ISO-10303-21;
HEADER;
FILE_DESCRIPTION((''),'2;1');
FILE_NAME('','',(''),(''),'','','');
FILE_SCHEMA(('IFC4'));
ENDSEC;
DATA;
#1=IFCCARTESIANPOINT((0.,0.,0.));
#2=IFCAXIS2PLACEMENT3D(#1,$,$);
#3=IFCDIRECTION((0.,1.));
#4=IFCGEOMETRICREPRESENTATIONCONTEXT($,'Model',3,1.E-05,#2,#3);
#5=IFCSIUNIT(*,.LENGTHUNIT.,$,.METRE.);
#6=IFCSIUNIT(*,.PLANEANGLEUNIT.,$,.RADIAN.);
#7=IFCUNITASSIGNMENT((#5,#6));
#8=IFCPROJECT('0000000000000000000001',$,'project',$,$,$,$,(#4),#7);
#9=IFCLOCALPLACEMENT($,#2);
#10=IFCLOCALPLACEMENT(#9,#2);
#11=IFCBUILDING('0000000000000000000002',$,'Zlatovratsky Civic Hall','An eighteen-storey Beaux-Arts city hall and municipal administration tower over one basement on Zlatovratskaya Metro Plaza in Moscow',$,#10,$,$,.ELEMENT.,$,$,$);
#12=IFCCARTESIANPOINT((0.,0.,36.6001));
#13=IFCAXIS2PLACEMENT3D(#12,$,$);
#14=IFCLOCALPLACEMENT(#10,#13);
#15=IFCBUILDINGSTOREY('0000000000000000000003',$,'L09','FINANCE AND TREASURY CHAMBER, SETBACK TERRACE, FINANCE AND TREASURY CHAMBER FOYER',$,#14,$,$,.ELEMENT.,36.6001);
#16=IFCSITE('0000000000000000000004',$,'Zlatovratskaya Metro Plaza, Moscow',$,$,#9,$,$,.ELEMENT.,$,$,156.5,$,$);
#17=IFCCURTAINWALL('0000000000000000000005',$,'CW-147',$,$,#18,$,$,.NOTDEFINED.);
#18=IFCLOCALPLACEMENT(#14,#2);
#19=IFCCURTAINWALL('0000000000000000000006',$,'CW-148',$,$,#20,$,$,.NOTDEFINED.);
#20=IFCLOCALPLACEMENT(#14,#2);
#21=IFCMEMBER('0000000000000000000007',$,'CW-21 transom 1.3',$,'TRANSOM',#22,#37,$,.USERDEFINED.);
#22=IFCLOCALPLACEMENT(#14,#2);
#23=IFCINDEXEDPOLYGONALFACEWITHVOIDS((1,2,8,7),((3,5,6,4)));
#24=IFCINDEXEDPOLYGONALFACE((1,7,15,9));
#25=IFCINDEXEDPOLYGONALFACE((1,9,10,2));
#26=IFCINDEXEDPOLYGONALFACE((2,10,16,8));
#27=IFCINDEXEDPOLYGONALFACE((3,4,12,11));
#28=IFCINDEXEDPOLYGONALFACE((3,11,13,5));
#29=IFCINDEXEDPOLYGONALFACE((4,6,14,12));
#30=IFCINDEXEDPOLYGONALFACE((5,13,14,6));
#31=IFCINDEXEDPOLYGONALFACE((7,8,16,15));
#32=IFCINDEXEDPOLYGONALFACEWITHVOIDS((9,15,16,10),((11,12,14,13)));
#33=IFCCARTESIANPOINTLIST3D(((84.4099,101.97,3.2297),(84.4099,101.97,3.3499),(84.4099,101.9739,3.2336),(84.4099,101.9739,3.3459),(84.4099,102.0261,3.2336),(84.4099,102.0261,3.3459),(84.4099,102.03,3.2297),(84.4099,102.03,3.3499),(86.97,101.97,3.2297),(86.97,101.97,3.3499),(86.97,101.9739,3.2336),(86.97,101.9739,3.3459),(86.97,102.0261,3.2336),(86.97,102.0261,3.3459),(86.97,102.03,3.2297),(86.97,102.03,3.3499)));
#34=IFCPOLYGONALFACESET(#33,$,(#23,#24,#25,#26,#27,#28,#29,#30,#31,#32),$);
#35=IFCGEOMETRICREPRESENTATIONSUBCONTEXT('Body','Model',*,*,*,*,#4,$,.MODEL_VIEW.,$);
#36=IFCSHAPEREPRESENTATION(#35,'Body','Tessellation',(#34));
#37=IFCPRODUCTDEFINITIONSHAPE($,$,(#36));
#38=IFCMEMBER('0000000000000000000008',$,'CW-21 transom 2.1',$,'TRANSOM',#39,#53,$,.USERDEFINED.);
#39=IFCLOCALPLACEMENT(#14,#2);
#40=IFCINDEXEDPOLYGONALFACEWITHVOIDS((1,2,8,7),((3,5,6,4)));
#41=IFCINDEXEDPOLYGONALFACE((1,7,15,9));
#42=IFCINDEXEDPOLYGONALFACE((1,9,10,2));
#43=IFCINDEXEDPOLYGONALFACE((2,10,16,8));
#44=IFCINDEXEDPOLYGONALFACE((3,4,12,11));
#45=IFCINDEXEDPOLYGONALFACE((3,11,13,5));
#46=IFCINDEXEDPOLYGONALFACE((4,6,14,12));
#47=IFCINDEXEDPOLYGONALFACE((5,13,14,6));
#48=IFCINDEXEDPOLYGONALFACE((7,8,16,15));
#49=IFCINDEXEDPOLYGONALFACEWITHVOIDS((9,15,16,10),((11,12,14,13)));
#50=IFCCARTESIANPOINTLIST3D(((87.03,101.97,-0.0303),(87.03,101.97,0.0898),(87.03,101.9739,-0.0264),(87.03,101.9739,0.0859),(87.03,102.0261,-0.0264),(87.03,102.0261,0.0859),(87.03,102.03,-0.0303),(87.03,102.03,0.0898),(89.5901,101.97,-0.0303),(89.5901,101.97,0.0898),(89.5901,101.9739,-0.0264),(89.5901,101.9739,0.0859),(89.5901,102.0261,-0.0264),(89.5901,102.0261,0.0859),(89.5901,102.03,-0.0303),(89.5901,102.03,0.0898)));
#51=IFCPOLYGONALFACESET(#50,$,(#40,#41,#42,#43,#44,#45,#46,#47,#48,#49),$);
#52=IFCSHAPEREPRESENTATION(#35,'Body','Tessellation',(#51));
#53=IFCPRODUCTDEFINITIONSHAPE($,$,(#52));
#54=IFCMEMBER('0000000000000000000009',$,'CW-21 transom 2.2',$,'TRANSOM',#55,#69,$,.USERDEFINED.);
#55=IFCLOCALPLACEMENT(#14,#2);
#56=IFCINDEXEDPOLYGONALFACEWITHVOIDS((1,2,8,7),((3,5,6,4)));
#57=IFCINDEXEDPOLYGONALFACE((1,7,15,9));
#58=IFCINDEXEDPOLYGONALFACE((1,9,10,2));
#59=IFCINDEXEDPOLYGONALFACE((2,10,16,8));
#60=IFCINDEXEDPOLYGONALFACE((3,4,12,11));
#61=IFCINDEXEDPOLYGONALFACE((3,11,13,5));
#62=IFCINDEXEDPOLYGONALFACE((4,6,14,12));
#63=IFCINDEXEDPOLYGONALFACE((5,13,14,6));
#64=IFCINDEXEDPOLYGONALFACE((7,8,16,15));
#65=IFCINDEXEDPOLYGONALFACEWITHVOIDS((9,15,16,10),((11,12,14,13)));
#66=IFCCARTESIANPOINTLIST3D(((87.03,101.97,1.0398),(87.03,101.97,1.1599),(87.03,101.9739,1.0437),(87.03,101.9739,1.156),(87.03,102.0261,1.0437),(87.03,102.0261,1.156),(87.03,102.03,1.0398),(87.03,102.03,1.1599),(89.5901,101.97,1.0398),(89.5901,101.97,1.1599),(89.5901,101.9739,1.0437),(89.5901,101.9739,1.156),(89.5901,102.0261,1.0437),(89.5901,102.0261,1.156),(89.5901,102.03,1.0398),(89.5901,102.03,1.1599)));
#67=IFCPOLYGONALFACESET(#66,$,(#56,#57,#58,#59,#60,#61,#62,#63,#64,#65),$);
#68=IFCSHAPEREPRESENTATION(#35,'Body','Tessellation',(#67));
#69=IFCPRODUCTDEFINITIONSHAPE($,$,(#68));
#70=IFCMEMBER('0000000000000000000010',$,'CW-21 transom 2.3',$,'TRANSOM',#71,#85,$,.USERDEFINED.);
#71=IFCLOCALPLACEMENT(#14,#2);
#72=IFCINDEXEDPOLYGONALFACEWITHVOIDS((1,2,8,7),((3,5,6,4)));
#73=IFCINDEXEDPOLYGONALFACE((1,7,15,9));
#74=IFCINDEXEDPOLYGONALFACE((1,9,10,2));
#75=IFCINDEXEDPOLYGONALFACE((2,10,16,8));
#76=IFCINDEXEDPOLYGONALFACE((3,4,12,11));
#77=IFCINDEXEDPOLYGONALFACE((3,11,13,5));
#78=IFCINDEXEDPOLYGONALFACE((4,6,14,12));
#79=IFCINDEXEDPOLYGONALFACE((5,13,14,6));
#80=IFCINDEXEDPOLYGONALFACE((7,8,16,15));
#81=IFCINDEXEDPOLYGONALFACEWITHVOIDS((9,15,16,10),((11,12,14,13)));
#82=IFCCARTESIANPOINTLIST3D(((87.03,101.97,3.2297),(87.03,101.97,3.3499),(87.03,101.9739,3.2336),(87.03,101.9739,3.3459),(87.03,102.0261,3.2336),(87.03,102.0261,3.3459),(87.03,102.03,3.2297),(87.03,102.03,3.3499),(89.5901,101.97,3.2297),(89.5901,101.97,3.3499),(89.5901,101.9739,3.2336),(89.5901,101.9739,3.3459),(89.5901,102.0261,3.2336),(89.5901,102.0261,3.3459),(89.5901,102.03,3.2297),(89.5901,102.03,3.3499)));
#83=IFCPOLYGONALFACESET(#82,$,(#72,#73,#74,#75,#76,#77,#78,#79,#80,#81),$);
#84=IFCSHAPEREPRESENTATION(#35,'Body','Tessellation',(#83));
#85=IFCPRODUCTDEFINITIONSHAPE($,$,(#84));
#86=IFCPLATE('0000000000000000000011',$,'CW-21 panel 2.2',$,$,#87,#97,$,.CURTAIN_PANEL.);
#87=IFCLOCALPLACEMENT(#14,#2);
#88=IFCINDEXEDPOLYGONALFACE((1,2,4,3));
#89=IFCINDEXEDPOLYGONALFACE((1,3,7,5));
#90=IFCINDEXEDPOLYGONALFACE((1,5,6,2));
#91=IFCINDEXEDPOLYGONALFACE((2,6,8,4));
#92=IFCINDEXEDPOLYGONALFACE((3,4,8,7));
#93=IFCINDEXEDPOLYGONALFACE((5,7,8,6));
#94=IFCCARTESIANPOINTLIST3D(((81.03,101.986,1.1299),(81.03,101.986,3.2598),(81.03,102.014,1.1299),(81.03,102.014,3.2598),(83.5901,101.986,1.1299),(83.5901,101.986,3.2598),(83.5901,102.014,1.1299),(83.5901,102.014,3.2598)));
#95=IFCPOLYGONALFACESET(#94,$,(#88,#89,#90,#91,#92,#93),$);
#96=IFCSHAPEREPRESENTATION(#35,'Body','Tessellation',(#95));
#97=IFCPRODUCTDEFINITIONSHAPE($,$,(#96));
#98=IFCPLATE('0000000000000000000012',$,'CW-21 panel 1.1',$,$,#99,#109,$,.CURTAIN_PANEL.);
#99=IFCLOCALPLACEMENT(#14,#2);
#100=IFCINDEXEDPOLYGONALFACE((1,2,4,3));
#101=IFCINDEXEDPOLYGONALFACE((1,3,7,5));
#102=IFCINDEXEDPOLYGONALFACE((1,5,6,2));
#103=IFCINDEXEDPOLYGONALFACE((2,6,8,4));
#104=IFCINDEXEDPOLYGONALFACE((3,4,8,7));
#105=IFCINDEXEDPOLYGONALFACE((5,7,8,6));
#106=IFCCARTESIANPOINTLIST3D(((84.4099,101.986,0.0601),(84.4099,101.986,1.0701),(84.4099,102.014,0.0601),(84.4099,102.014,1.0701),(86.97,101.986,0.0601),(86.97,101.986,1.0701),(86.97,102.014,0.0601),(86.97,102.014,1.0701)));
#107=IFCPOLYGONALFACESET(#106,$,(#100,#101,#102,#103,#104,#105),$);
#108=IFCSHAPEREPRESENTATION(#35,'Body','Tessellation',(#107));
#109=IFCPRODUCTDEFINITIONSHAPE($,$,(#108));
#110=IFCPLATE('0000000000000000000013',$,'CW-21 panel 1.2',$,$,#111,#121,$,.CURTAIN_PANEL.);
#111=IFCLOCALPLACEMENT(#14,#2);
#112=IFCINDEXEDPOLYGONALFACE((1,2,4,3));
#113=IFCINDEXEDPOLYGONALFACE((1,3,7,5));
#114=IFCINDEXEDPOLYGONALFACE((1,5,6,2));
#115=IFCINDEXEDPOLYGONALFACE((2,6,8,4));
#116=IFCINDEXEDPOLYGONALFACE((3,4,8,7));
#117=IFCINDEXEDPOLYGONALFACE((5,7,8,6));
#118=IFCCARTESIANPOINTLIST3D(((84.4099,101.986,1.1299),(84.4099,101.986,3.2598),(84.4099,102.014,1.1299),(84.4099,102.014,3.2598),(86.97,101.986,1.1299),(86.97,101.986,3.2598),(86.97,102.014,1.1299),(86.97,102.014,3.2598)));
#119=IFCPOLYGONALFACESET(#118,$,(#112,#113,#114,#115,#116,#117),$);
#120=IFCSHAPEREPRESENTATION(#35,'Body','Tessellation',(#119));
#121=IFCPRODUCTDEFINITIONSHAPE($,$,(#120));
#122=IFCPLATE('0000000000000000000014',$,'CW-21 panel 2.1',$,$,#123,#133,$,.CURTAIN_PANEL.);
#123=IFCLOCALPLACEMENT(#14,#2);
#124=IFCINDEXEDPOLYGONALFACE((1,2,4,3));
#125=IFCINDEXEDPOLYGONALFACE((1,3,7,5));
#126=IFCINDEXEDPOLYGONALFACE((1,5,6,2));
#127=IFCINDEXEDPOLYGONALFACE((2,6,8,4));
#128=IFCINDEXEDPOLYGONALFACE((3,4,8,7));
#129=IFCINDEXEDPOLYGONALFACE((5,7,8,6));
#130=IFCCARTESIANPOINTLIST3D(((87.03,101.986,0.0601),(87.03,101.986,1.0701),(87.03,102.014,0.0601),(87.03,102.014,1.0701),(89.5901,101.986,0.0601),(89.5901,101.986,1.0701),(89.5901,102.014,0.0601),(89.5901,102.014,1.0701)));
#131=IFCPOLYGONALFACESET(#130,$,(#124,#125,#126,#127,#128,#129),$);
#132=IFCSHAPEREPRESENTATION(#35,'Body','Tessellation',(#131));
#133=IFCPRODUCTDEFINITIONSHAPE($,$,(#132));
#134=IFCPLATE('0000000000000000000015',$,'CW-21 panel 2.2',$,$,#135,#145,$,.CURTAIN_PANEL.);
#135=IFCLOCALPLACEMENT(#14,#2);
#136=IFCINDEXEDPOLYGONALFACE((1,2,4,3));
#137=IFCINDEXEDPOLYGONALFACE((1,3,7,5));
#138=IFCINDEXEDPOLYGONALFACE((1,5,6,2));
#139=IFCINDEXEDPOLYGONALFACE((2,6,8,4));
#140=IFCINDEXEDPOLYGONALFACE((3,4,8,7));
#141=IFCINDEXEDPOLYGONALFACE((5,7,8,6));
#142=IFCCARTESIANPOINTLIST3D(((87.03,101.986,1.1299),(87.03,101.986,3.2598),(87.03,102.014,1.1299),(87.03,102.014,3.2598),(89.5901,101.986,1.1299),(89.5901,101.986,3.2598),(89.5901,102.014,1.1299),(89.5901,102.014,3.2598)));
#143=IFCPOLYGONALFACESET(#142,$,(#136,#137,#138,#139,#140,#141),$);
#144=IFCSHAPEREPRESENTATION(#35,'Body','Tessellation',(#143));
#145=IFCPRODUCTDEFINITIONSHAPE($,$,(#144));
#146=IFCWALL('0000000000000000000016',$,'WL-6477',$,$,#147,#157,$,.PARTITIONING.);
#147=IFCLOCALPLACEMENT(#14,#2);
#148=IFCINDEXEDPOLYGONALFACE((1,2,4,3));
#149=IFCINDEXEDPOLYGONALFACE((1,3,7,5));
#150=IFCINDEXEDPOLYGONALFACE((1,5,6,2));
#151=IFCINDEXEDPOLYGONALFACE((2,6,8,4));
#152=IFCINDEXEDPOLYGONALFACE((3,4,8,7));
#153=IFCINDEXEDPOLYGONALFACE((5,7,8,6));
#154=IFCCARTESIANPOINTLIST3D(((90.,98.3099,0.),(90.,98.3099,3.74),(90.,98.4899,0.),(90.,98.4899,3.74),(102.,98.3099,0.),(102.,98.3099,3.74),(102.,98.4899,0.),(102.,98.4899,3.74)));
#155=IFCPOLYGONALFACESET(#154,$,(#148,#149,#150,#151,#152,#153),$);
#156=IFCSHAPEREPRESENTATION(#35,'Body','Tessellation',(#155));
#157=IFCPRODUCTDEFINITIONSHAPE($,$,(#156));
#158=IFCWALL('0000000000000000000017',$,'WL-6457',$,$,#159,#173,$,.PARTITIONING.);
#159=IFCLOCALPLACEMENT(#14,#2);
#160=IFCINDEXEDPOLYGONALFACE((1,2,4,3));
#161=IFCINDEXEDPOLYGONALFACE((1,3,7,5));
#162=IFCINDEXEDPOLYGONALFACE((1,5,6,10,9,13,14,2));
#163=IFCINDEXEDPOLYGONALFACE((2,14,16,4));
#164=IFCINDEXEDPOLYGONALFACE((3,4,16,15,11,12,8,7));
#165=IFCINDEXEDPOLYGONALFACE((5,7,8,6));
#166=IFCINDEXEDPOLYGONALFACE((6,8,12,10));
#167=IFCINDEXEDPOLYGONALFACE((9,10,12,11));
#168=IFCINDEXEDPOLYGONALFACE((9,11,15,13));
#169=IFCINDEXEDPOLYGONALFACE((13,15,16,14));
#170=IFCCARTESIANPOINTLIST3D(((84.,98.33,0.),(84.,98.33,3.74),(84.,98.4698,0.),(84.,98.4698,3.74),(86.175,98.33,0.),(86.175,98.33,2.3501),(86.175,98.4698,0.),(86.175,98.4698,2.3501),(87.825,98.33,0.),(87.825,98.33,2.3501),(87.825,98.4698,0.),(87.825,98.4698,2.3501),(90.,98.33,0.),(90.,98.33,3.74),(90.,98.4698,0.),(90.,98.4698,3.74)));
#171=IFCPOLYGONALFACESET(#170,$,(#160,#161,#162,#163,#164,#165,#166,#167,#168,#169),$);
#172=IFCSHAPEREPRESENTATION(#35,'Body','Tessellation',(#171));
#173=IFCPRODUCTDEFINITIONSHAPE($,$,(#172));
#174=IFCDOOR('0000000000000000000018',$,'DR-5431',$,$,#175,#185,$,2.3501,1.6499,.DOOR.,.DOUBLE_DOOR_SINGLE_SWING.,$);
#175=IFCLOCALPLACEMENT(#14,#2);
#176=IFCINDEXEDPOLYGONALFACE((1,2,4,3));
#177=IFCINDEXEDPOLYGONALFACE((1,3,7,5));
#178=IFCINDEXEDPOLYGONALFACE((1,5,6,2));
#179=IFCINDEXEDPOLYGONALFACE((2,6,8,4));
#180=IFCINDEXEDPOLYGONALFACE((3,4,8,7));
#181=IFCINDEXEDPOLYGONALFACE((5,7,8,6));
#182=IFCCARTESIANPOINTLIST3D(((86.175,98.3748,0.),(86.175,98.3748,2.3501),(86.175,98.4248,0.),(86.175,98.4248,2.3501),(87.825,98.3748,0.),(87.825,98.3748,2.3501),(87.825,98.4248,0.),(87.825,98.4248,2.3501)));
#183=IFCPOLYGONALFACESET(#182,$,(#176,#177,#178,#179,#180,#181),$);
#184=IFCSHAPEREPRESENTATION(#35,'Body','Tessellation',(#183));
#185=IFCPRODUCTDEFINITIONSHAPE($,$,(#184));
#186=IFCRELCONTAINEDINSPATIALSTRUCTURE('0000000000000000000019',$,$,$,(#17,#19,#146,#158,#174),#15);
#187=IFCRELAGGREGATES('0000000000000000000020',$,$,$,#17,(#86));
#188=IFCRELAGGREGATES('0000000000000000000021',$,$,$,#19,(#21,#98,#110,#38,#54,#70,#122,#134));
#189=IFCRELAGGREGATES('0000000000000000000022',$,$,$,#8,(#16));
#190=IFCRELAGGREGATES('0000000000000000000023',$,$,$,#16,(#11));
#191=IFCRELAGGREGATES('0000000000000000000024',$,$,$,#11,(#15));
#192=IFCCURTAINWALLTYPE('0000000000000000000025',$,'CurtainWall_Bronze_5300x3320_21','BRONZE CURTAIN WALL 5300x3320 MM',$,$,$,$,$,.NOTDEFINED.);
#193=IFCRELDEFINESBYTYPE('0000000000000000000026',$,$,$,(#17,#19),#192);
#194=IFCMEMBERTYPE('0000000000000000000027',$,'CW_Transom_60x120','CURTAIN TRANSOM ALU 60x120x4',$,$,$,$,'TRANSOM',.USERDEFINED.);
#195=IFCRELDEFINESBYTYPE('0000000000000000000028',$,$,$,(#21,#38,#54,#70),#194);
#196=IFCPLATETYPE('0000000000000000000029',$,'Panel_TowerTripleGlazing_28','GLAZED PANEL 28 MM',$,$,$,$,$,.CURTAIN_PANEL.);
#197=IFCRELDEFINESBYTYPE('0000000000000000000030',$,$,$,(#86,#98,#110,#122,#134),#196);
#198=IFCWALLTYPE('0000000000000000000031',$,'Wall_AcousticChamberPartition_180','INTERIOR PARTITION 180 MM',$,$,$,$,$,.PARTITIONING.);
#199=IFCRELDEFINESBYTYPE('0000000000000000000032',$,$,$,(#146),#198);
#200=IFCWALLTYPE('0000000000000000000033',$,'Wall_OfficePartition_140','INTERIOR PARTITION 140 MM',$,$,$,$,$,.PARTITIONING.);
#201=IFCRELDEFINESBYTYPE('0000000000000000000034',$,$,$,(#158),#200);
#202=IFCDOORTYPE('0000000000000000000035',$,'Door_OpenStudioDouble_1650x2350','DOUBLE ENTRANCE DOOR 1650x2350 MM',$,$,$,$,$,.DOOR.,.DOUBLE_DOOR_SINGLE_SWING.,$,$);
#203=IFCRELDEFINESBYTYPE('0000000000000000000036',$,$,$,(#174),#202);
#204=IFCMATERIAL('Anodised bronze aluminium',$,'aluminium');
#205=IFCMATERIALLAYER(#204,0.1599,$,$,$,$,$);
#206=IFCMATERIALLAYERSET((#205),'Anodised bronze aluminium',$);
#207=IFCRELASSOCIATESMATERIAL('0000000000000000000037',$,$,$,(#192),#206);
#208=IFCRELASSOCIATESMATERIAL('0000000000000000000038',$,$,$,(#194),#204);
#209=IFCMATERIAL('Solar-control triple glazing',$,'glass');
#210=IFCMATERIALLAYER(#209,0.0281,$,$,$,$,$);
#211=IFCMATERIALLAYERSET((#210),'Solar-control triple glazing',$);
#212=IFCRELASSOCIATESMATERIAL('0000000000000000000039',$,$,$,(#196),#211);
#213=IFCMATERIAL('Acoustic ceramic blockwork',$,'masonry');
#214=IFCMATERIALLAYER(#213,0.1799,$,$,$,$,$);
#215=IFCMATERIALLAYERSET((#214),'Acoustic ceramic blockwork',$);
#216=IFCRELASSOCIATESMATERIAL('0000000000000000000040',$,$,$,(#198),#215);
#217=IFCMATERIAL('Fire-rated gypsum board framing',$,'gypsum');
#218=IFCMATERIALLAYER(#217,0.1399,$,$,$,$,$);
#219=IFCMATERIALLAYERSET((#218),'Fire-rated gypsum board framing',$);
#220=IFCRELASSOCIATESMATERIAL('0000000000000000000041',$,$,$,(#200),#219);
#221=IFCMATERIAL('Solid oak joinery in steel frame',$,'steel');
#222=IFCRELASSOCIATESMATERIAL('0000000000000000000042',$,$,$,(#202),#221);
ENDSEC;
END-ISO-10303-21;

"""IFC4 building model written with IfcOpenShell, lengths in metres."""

from ifc_helpers import new_model, si_unit, direction, frame, frame_2d, origin, origin_2d, place, context, subcontext, project, spatial, rectangle, hollow_rectangle, extrude, material, layer, layer_set, material_profile, profile_set, type_object, element, fill, aggregate, save


model = new_model("IFC4")

# Units and contexts
model_context = context("Model", 3, precision=1e-05, world=origin(), true_north=direction((0.0, 1.0)))
body_context = subcontext(model_context, "Body", "Model", "MODEL_VIEW")
ifc_project = project(units=[si_unit("LENGTHUNIT", "METRE"), si_unit("PLANEANGLEUNIT", "RADIAN")], contexts=[model_context])

# Site, building, storey
site_placement = place(None, origin())
site = spatial("IfcSite", under=ifc_project, at=site_placement, Name="Zlatovratskaya Metro Plaza, Moscow", CompositionType="ELEMENT", RefElevation=156.5)
building_placement = place(site_placement, origin())
building = spatial("IfcBuilding", under=site, at=building_placement, Name="Zlatovratsky Civic Hall", Description="An eighteen-storey Beaux-Arts city hall and municipal administration tower over one basement on Zlatovratskaya Metro Plaza in Moscow", CompositionType="ELEMENT")
storey_placement = place(building_placement, frame((0.0, 0.0, 36.6001)))
storey = spatial("IfcBuildingStorey", under=building, at=storey_placement, Name="L09", Description="FINANCE AND TREASURY CHAMBER, SETBACK TERRACE, FINANCE AND TREASURY CHAMBER FOYER", CompositionType="ELEMENT", Elevation=36.6001)

# Curtain wall
ifc_material_1 = material(Name="Anodised bronze aluminium", Category="aluminium")
ifc_layer_1 = layer(ifc_material_1, 0.1599)
ifc_layer_set_1 = layer_set([ifc_layer_1], Name="Anodised bronze aluminium")
curtain_wall_type = type_object("IfcCurtainWallType", Name="CurtainWall_Bronze_5300x3320_21", Description="BRONZE CURTAIN WALL 5300x3320 MM", PredefinedType="NOTDEFINED", material=ifc_layer_set_1)
curtain_wall_1_placement = place(storey_placement, origin())
curtain_wall_1 = element("IfcCurtainWall", 1, at=curtain_wall_1_placement, inside=storey, type_object=curtain_wall_type, Name="CW-147", PredefinedType="NOTDEFINED")

# Curtain wall, members
curtain_wall_2_placement = place(storey_placement, origin())
curtain_wall_2 = element("IfcCurtainWall", 2, at=curtain_wall_2_placement, inside=storey, type_object=curtain_wall_type, Name="CW-148", PredefinedType="NOTDEFINED")
ifc_material_profile_1 = material_profile(ifc_material_1, hollow_rectangle(XDim=0.0601, YDim=0.1201, WallThickness=0.0039, at=origin_2d()), Name="ALU 60x120x4")
ifc_profile_set_1 = profile_set([ifc_material_profile_1], Name="Anodised bronze aluminium")
member_type_1 = type_object("IfcMemberType", Name="CW_Transom_60x120", Description="CURTAIN TRANSOM ALU 60x120x4", ElementType="TRANSOM", PredefinedType="USERDEFINED", material=ifc_profile_set_1)
member_1_placement = place(storey_placement, frame((84.4099, 102.0, 3.2898), z_axis=(1.0, 0.0, 0.0), x_axis=(0.0, 1.0, 0.0)))
member_1 = element("IfcMember", 3, at=member_1_placement, type_object=member_type_1, Name="CW-21 transom 1.3", ObjectType="TRANSOM", PredefinedType="USERDEFINED", context=body_context, shape_type="SweptSolid", body=[
    extrude(hollow_rectangle(XDim=0.0601, YDim=0.1201, WallThickness=0.0039, at=origin_2d()), origin(), (0.0, 0.0, 1.0), 2.5601),
])
member_2_placement = place(storey_placement, frame((87.03, 102.0, 0.0298), z_axis=(1.0, 0.0, 0.0), x_axis=(0.0, 1.0, 0.0)))
member_2 = element("IfcMember", 4, at=member_2_placement, type_object=member_type_1, Name="CW-21 transom 2.1", ObjectType="TRANSOM", PredefinedType="USERDEFINED", context=body_context, shape_type="SweptSolid", body=[
    extrude(hollow_rectangle(XDim=0.0601, YDim=0.1201, WallThickness=0.0039, at=origin_2d()), origin(), (0.0, 0.0, 1.0), 2.5601),
])
member_3_placement = place(storey_placement, frame((87.03, 102.0, 1.0999), z_axis=(1.0, 0.0, 0.0), x_axis=(0.0, 1.0, 0.0)))
member_3 = element("IfcMember", 5, at=member_3_placement, type_object=member_type_1, Name="CW-21 transom 2.2", ObjectType="TRANSOM", PredefinedType="USERDEFINED", context=body_context, shape_type="SweptSolid", body=[
    extrude(hollow_rectangle(XDim=0.0601, YDim=0.1201, WallThickness=0.0039, at=origin_2d()), origin(), (0.0, 0.0, 1.0), 2.5601),
])
member_4_placement = place(storey_placement, frame((87.03, 102.0, 3.2898), z_axis=(1.0, 0.0, 0.0), x_axis=(0.0, 1.0, 0.0)))
member_4 = element("IfcMember", 6, at=member_4_placement, type_object=member_type_1, Name="CW-21 transom 2.3", ObjectType="TRANSOM", PredefinedType="USERDEFINED", context=body_context, shape_type="SweptSolid", body=[
    extrude(hollow_rectangle(XDim=0.0601, YDim=0.1201, WallThickness=0.0039, at=origin_2d()), origin(), (0.0, 0.0, 1.0), 2.5601),
])

# Plates
ifc_material_2 = material(Name="Solar-control triple glazing", Category="glass")
ifc_layer_2 = layer(ifc_material_2, 0.0281)
ifc_layer_set_2 = layer_set([ifc_layer_2], Name="Solar-control triple glazing")
plate_type = type_object("IfcPlateType", Name="Panel_TowerTripleGlazing_28", Description="GLAZED PANEL 28 MM", PredefinedType="CURTAIN_PANEL", material=ifc_layer_set_2)
plate_1_placement = place(storey_placement, frame((82.3101, 102.0, 1.1299), z_axis=(0.0, 0.0, 1.0), x_axis=(1.0, 0.0, 0.0)))
plate_1 = element("IfcPlate", 7, at=plate_1_placement, type_object=plate_type, Name="CW-21 panel 2.2", PredefinedType="CURTAIN_PANEL", context=body_context, shape_type="SweptSolid", body=[
    extrude(rectangle(XDim=2.5601, YDim=0.0281, at=origin_2d()), origin(), (0.0, 0.0, 1.0), 2.1299),
])
aggregate(curtain_wall_1, [plate_1])
plate_2_placement = place(storey_placement, frame((85.6899, 102.0, 0.0601), z_axis=(0.0, 0.0, 1.0), x_axis=(1.0, 0.0, 0.0)))
plate_2 = element("IfcPlate", 8, at=plate_2_placement, type_object=plate_type, Name="CW-21 panel 1.1", PredefinedType="CURTAIN_PANEL", context=body_context, shape_type="SweptSolid", body=[
    extrude(rectangle(XDim=2.5601, YDim=0.0281, at=origin_2d()), origin(), (0.0, 0.0, 1.0), 1.01),
])
plate_3_placement = place(storey_placement, frame((85.6899, 102.0, 1.1299), z_axis=(0.0, 0.0, 1.0), x_axis=(1.0, 0.0, 0.0)))
plate_3 = element("IfcPlate", 9, at=plate_3_placement, type_object=plate_type, Name="CW-21 panel 1.2", PredefinedType="CURTAIN_PANEL", context=body_context, shape_type="SweptSolid", body=[
    extrude(rectangle(XDim=2.5601, YDim=0.0281, at=origin_2d()), origin(), (0.0, 0.0, 1.0), 2.1299),
])
plate_4_placement = place(storey_placement, frame((88.3101, 102.0, 0.0601), z_axis=(0.0, 0.0, 1.0), x_axis=(1.0, 0.0, 0.0)))
plate_4 = element("IfcPlate", 10, at=plate_4_placement, type_object=plate_type, Name="CW-21 panel 2.1", PredefinedType="CURTAIN_PANEL", context=body_context, shape_type="SweptSolid", body=[
    extrude(rectangle(XDim=2.5601, YDim=0.0281, at=origin_2d()), origin(), (0.0, 0.0, 1.0), 1.01),
])
plate_5_placement = place(storey_placement, frame((88.3101, 102.0, 1.1299), z_axis=(0.0, 0.0, 1.0), x_axis=(1.0, 0.0, 0.0)))
plate_5 = element("IfcPlate", 11, at=plate_5_placement, type_object=plate_type, Name="CW-21 panel 2.2", PredefinedType="CURTAIN_PANEL", context=body_context, shape_type="SweptSolid", body=[
    extrude(rectangle(XDim=2.5601, YDim=0.0281, at=origin_2d()), origin(), (0.0, 0.0, 1.0), 2.1299),
])
aggregate(curtain_wall_2, [member_1, plate_2, plate_3, member_2, member_3, member_4, plate_4, plate_5])

# Wall
ifc_material_3 = material(Name="Acoustic ceramic blockwork", Category="masonry")
ifc_layer_3 = layer(ifc_material_3, 0.1799)
ifc_layer_set_3 = layer_set([ifc_layer_3], Name="Acoustic ceramic blockwork")
wall_type_1 = type_object("IfcWallType", Name="Wall_AcousticChamberPartition_180", Description="INTERIOR PARTITION 180 MM", PredefinedType="PARTITIONING", material=ifc_layer_set_3)
wall_1_placement = place(storey_placement, frame((90.0, 98.3999, 0.0), z_axis=(0.0, 0.0, 1.0), x_axis=(1.0, 0.0, 0.0)))
element("IfcWall", 12, at=wall_1_placement, inside=storey, type_object=wall_type_1, Name="WL-6477", PredefinedType="PARTITIONING", context=body_context, shape_type="SweptSolid", body=[
    extrude(rectangle(XDim=12.0, YDim=0.1799, at=frame_2d((6.0, 0.0))), origin(), (0.0, 0.0, 1.0), 3.74),
])

# Wall, opening, door
ifc_material_4 = material(Name="Fire-rated gypsum board framing", Category="gypsum")
ifc_layer_4 = layer(ifc_material_4, 0.1399)
ifc_layer_set_4 = layer_set([ifc_layer_4], Name="Fire-rated gypsum board framing")
wall_type_2 = type_object("IfcWallType", Name="Wall_OfficePartition_140", Description="INTERIOR PARTITION 140 MM", PredefinedType="PARTITIONING", material=ifc_layer_set_4)
wall_2_placement = place(storey_placement, frame((84.0, 98.3999, 0.0), z_axis=(0.0, 0.0, 1.0), x_axis=(1.0, 0.0, 0.0)))
wall_2 = element("IfcWall", 13, at=wall_2_placement, inside=storey, type_object=wall_type_2, Name="WL-6457", PredefinedType="PARTITIONING", context=body_context, shape_type="SweptSolid", body=[
    extrude(rectangle(XDim=6.0, YDim=0.1399, at=frame_2d((3.0, 0.0))), origin(), (0.0, 0.0, 1.0), 3.74),
])
opening_placement = place(wall_2_placement, frame((2.175, 0.0, 0.0)))
opening = element("IfcOpeningElement", 14, at=opening_placement, cuts=wall_2, PredefinedType="OPENING", context=body_context, shape_type="SweptSolid", body=[
    extrude(rectangle(XDim=1.6499, YDim=2.3501, at=frame_2d((0.825, 1.175))), frame((0.0, 0.085, 0.0), z_axis=(0.0, -1.0, 0.0), x_axis=(1.0, 0.0, 0.0)), (0.0, 0.0, 1.0), 0.1697),
])
ifc_material_5 = material(Name="Solid oak joinery in steel frame", Category="steel")
door_type = type_object("IfcDoorType", Name="Door_OpenStudioDouble_1650x2350", Description="DOUBLE ENTRANCE DOOR 1650x2350 MM", OperationType="DOUBLE_DOOR_SINGLE_SWING", PredefinedType="DOOR", material=ifc_material_5)
door_placement = place(opening_placement, origin())
door = element("IfcDoor", 15, at=door_placement, inside=storey, type_object=door_type, Name="DR-5431", OperationType="DOUBLE_DOOR_SINGLE_SWING", OverallHeight=2.3501, OverallWidth=1.6499, PredefinedType="DOOR", context=body_context, shape_type="SweptSolid", body=[
    extrude(rectangle(XDim=1.6499, YDim=2.3501, at=frame_2d((0.825, 1.175))), frame((0.0, 0.0249, 0.0), z_axis=(0.0, -1.0, 0.0), x_axis=(1.0, 0.0, 0.0)), (0.0, 0.0, 1.0), 0.05),
])
fill(opening, door)

save(model, "model.ifc")
